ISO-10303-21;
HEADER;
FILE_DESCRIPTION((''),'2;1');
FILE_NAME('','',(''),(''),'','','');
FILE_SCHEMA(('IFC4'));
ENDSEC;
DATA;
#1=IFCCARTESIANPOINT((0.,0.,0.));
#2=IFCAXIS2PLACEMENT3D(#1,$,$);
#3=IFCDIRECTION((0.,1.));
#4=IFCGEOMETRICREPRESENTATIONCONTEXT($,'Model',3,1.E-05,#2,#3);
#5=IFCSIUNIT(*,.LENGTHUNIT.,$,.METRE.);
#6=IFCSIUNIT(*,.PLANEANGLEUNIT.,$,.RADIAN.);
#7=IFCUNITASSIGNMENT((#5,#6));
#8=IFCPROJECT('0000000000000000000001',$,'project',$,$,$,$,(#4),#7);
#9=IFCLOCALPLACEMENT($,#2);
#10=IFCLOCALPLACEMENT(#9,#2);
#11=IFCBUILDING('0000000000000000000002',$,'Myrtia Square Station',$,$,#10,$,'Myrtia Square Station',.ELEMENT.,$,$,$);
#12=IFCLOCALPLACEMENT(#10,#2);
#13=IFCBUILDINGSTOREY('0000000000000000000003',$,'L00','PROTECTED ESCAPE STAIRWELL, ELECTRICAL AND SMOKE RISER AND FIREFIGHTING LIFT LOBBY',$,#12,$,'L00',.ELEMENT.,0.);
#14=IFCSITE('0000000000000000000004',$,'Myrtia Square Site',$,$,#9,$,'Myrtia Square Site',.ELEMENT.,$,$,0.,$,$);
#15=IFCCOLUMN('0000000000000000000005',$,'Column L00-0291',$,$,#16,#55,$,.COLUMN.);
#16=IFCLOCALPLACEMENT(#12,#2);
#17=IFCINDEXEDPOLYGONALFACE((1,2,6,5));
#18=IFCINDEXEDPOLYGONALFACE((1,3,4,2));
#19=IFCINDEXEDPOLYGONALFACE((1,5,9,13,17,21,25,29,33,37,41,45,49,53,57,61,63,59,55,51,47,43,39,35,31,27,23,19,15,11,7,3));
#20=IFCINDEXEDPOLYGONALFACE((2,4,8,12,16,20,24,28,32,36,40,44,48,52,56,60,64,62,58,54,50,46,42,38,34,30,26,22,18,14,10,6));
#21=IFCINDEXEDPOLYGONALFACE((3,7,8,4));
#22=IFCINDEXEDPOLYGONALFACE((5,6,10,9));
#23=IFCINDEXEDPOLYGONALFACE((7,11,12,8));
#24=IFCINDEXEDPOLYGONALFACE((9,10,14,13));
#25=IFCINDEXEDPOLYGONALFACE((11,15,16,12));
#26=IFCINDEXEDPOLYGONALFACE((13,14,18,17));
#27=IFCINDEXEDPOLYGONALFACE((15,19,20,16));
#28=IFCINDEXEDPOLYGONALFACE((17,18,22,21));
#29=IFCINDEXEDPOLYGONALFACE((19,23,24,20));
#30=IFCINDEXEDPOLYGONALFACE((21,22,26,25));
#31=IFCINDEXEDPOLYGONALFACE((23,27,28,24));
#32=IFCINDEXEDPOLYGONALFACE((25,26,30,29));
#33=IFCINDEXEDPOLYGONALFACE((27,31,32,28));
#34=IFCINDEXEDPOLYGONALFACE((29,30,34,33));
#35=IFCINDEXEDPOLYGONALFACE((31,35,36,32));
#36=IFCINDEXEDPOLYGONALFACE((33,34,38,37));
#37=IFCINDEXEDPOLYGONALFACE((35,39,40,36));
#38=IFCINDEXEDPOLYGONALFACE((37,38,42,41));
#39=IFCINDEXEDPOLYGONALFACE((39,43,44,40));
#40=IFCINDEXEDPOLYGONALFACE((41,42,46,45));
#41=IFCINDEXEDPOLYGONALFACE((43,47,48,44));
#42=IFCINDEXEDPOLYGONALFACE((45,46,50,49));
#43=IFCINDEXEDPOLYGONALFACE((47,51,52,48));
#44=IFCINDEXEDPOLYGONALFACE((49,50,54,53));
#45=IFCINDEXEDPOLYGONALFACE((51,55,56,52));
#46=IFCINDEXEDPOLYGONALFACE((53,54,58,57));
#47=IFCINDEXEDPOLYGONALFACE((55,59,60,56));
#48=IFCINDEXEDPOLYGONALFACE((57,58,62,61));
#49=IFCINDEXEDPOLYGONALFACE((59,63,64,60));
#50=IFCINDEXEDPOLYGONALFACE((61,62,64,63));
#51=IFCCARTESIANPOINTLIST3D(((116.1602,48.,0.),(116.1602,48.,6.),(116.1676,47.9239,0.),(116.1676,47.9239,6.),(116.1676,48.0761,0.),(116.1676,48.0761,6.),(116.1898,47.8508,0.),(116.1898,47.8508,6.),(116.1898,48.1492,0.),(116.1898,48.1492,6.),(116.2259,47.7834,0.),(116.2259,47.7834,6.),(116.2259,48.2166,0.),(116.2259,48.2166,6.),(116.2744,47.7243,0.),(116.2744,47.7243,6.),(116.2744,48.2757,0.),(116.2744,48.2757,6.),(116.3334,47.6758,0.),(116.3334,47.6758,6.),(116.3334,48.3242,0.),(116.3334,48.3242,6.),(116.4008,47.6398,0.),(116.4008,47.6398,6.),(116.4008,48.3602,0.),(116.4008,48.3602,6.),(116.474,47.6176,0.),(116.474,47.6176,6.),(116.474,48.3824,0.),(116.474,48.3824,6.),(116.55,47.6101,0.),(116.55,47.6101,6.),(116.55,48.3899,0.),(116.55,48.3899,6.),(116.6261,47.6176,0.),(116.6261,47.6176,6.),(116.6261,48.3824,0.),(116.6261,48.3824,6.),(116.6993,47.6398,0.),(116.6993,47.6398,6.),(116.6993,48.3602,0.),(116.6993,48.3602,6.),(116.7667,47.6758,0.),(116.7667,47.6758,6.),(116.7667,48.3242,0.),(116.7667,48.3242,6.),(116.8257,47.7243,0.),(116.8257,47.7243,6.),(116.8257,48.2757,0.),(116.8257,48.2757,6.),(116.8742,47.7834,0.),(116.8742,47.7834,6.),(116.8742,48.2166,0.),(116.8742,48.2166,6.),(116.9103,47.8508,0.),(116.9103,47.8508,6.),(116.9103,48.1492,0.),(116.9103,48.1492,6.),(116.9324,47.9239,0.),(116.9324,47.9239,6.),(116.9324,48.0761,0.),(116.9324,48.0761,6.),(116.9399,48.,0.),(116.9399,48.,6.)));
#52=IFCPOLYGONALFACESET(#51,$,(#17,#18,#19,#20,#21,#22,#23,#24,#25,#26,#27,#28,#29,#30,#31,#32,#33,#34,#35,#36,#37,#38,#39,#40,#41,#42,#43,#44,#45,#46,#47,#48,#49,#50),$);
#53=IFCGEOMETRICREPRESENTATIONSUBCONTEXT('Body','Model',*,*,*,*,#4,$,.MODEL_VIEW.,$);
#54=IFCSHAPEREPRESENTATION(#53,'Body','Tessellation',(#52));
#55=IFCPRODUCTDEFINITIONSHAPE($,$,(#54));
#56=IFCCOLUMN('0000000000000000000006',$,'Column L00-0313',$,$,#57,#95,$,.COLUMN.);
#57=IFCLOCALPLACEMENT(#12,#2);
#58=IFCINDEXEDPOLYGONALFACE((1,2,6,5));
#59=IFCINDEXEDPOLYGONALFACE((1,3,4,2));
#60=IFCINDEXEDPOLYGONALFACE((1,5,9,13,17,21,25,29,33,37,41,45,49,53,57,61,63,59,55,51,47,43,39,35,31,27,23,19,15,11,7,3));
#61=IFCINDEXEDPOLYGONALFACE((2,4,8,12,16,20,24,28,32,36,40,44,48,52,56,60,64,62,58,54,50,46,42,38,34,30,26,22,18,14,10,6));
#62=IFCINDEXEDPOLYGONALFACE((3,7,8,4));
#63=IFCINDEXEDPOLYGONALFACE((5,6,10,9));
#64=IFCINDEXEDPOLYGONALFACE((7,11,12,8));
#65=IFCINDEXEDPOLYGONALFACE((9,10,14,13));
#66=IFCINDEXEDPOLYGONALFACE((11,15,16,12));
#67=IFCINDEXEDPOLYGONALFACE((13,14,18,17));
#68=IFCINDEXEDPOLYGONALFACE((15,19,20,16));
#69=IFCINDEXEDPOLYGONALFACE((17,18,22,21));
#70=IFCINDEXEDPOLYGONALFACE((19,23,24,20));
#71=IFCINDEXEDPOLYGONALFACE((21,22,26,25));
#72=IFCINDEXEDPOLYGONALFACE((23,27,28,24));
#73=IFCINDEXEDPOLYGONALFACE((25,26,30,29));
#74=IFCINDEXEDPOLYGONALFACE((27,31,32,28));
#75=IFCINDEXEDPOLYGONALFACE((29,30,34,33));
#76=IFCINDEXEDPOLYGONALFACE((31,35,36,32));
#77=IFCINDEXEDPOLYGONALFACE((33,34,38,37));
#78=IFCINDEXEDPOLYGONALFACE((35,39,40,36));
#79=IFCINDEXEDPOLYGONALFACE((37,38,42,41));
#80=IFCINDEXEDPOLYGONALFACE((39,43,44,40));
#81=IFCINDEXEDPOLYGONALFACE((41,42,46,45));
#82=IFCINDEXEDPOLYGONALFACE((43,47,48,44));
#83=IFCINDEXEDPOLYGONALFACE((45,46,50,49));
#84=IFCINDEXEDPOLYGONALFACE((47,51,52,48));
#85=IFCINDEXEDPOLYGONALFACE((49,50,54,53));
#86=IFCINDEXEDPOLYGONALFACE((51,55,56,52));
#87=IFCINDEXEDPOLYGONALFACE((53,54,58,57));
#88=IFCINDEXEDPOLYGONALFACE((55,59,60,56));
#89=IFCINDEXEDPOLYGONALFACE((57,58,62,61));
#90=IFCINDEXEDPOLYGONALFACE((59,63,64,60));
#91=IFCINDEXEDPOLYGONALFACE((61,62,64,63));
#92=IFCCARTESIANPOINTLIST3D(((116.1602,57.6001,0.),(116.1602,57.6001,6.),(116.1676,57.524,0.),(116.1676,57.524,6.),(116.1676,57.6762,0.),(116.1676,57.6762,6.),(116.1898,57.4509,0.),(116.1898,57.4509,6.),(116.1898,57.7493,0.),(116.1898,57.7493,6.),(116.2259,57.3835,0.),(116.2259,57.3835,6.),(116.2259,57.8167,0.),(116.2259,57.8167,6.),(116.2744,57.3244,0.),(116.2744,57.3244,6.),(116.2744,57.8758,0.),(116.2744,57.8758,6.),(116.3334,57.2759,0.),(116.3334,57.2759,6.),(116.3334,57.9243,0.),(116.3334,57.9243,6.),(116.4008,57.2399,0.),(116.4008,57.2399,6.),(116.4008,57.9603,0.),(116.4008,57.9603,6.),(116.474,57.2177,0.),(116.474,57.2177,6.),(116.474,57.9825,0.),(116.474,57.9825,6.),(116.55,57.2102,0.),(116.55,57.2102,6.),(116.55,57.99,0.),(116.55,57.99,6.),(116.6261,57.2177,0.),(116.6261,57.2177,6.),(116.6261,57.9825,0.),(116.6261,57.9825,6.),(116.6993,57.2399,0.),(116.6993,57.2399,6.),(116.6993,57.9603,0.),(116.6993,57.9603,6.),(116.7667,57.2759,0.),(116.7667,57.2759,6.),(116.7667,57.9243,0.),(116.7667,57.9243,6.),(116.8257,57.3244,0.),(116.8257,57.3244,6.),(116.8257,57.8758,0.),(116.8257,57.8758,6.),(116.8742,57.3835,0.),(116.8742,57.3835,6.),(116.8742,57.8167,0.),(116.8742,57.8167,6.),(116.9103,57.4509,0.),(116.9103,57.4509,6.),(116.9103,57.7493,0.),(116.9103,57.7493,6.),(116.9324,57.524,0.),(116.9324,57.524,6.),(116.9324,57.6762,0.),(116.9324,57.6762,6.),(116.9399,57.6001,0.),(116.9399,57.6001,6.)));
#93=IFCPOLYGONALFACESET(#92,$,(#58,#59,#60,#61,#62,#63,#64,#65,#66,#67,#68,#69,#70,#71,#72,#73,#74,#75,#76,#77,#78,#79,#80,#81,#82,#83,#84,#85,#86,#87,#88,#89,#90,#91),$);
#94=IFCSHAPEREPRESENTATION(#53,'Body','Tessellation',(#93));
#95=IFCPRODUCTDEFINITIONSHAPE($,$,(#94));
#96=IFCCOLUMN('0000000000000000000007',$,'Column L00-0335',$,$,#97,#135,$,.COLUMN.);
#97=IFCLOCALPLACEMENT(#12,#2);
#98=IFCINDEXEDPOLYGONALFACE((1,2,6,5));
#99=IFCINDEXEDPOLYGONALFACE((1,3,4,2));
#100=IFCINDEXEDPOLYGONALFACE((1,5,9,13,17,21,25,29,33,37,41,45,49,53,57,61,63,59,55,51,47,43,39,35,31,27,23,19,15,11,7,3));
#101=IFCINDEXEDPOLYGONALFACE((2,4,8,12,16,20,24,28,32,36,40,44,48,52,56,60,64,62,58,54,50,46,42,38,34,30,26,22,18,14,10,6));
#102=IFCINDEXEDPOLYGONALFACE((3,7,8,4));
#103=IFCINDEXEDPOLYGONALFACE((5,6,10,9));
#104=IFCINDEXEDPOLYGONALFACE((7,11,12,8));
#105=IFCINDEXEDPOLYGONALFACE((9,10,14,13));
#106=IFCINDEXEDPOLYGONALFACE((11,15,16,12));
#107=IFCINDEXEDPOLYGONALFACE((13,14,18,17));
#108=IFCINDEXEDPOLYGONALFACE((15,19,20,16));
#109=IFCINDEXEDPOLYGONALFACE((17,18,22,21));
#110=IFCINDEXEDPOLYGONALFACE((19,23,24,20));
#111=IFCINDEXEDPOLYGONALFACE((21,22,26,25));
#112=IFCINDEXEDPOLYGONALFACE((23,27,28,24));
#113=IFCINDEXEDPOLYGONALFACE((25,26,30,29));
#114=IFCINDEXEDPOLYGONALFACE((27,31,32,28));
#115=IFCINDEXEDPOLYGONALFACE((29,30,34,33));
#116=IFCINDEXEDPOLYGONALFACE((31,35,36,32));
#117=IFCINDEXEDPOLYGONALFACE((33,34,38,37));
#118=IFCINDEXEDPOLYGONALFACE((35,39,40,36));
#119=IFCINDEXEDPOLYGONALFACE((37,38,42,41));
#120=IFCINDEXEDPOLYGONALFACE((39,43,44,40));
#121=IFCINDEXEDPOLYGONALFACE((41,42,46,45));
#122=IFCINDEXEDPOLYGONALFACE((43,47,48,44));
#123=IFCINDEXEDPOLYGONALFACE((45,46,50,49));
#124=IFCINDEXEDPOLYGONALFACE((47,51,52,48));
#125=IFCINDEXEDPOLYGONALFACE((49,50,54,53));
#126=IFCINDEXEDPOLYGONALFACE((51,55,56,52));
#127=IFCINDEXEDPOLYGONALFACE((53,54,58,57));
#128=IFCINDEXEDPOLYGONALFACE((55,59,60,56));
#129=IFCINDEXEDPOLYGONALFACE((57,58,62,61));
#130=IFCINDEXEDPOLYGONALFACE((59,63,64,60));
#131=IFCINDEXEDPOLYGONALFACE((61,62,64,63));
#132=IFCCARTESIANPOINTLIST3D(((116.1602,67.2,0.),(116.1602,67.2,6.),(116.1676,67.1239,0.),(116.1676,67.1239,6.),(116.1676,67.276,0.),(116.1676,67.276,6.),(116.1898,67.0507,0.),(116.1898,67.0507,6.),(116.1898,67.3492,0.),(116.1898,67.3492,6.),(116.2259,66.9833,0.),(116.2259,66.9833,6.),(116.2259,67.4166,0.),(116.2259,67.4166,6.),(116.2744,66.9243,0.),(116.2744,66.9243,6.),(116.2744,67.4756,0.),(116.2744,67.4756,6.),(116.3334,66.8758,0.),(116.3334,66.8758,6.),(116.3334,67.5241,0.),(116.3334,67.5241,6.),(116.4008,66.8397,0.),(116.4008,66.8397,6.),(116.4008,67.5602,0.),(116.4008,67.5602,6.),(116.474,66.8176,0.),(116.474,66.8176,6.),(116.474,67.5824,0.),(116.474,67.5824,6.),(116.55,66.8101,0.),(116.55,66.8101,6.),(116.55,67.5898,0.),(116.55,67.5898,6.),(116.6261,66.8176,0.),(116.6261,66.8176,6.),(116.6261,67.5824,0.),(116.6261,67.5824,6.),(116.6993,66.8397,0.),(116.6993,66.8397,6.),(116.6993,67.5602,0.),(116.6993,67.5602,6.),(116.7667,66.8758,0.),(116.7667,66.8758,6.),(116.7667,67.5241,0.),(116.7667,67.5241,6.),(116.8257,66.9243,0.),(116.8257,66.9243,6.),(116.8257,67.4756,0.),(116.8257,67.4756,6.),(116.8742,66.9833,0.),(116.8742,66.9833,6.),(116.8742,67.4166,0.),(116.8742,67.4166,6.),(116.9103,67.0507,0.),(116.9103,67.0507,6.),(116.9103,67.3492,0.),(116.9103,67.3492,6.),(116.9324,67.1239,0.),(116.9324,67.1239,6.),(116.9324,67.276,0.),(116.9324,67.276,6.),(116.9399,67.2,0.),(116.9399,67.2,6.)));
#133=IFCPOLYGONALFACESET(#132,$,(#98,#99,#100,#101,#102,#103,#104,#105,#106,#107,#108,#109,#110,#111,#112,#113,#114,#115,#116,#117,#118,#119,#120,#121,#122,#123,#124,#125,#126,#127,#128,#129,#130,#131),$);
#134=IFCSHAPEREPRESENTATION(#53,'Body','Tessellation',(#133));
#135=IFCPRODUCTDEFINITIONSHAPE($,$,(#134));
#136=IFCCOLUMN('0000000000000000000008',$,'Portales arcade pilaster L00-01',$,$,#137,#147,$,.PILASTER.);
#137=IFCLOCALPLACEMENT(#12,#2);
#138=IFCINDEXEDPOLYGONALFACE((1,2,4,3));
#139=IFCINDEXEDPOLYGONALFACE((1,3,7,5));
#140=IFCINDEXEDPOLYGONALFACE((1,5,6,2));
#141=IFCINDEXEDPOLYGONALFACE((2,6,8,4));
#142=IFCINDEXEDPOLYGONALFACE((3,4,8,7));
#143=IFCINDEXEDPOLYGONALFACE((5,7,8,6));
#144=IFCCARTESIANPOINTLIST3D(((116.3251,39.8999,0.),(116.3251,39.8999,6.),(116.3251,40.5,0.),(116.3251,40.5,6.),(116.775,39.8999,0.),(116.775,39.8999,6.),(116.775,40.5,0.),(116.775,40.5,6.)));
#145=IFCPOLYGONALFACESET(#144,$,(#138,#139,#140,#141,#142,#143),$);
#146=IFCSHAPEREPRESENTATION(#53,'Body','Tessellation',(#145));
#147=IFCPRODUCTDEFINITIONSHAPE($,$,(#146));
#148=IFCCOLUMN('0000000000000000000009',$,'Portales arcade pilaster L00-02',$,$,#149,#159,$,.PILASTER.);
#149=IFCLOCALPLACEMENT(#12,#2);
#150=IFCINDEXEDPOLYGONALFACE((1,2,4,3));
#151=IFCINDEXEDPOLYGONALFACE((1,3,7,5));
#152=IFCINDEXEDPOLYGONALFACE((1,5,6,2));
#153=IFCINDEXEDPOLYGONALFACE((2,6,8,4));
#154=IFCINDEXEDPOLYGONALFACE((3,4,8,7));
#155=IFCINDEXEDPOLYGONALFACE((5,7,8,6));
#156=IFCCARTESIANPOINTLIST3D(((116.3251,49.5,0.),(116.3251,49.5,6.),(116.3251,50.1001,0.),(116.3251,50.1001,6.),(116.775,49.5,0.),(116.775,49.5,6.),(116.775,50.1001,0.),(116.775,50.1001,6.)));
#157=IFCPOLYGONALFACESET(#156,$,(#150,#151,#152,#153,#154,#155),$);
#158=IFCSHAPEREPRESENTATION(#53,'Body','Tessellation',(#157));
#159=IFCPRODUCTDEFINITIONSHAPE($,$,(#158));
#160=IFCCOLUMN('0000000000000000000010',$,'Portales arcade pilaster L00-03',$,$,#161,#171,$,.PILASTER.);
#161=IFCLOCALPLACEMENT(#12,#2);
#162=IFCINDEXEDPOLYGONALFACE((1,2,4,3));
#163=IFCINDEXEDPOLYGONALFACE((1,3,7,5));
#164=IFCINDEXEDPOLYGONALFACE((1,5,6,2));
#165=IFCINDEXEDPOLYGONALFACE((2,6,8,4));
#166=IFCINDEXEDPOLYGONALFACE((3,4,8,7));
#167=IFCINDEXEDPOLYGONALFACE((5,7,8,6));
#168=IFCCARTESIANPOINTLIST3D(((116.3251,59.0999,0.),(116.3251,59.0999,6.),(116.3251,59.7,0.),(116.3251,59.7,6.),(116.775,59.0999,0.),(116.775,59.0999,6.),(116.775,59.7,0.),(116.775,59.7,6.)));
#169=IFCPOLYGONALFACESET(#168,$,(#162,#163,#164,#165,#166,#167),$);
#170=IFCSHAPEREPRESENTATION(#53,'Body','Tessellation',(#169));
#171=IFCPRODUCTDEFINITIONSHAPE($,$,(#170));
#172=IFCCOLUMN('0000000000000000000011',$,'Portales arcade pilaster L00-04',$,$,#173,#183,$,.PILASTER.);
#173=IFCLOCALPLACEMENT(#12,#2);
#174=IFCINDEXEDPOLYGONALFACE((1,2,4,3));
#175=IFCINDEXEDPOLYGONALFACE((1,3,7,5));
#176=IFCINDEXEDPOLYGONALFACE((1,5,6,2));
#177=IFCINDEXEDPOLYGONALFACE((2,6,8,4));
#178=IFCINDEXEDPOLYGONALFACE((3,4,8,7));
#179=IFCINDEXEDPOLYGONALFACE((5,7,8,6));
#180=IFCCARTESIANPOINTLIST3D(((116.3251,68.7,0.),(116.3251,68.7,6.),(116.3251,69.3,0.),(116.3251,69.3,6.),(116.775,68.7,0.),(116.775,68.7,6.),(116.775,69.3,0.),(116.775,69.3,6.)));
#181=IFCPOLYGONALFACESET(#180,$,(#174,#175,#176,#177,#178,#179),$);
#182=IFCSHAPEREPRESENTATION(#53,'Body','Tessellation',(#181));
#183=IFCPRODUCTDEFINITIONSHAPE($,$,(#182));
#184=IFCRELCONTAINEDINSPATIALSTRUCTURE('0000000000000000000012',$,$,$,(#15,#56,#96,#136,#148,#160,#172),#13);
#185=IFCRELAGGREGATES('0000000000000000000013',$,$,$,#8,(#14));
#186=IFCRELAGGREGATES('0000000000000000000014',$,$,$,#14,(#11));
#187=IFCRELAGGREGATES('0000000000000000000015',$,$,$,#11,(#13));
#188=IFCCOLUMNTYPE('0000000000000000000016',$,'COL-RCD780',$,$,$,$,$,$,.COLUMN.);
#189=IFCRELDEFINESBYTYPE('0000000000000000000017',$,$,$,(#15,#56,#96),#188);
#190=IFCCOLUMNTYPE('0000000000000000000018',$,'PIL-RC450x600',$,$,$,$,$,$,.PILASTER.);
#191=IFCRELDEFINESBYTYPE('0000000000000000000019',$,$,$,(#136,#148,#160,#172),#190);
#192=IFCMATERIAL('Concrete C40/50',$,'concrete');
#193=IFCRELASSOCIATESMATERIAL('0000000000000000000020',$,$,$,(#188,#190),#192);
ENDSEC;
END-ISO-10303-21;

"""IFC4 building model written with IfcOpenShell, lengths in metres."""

from ifc_helpers import new_model, si_unit, direction, frame, origin, origin_2d, place, context, subcontext, project, spatial, rectangle, circle, extrude, material, material_profile, profile_set, type_object, element, save


model = new_model("IFC4")

# Units and contexts
model_context = context("Model", 3, precision=1e-05, world=origin(), true_north=direction((0.0, 1.0)))
body_context = subcontext(model_context, "Body", "Model", "MODEL_VIEW")
ifc_project = project(units=[si_unit("LENGTHUNIT", "METRE"), si_unit("PLANEANGLEUNIT", "RADIAN")], contexts=[model_context])

# Site, building, storey
site_placement = place(None, origin())
site = spatial("IfcSite", under=ifc_project, at=site_placement, Name="Myrtia Square Site", LongName="Myrtia Square Site", CompositionType="ELEMENT", RefElevation=0.0)
building_placement = place(site_placement, origin())
building = spatial("IfcBuilding", under=site, at=building_placement, Name="Myrtia Square Station", LongName="Myrtia Square Station", CompositionType="ELEMENT")
storey_placement = place(building_placement, origin())
storey = spatial("IfcBuildingStorey", under=building, at=storey_placement, Name="L00", Description="PROTECTED ESCAPE STAIRWELL, ELECTRICAL AND SMOKE RISER AND FIREFIGHTING LIFT LOBBY", LongName="L00", CompositionType="ELEMENT", Elevation=0.0)

# Columns
ifc_material_1 = material(Name="Concrete C40/50", Category="concrete")
ifc_material_profile_1 = material_profile(ifc_material_1, circle(Radius=0.3899, at=origin_2d()), Name="RC D780")
ifc_profile_set_1 = profile_set([ifc_material_profile_1], Name="Concrete C40/50")
column_type_1 = type_object("IfcColumnType", Name="COL-RCD780", PredefinedType="COLUMN", material=ifc_profile_set_1)
for number, where, z_axis, x_axis, name in (
    (1, (116.55, 48.0, 0.0), (0.0, 0.0, 1.0), (1.0, 0.0, 0.0), "Column L00-0291"),
    (2, (116.55, 57.6001, 0.0), (0.0, 0.0, 1.0), (1.0, 0.0, 0.0), "Column L00-0313"),
    (3, (116.55, 67.2, 0.0), (0.0, 0.0, 1.0), (1.0, 0.0, 0.0), "Column L00-0335"),
):
    element("IfcColumn", number, at=place(storey_placement, frame(where, z_axis=z_axis, x_axis=x_axis)), inside=storey, type_object=column_type_1, Name=name, PredefinedType="COLUMN", context=body_context, shape_type="SweptSolid", body=[
        extrude(circle(Radius=0.3899, at=origin_2d()), origin(), (0.0, 0.0, 1.0), 6.0),
    ])
ifc_material_profile_2 = material_profile(ifc_material_1, rectangle(XDim=0.45, YDim=0.6001, at=origin_2d()), Name="PIL 450x600")
ifc_profile_set_2 = profile_set([ifc_material_profile_2], Name="Concrete C40/50")
column_type_2 = type_object("IfcColumnType", Name="PIL-RC450x600", PredefinedType="PILASTER", material=ifc_profile_set_2)
for number, where, z_axis, x_axis, name in (
    (4, (116.55, 40.2, 0.0), (0.0, 0.0, 1.0), (1.0, 0.0, 0.0), "Portales arcade pilaster L00-01"),
    (5, (116.55, 49.8, 0.0), (0.0, 0.0, 1.0), (1.0, 0.0, 0.0), "Portales arcade pilaster L00-02"),
    (6, (116.55, 59.3999, 0.0), (0.0, 0.0, 1.0), (1.0, 0.0, 0.0), "Portales arcade pilaster L00-03"),
    (7, (116.55, 69.0, 0.0), (0.0, 0.0, 1.0), (1.0, 0.0, 0.0), "Portales arcade pilaster L00-04"),
):
    element("IfcColumn", number, at=place(storey_placement, frame(where, z_axis=z_axis, x_axis=x_axis)), inside=storey, type_object=column_type_2, Name=name, PredefinedType="PILASTER", context=body_context, shape_type="SweptSolid", body=[
        extrude(rectangle(XDim=0.45, YDim=0.6001, at=origin_2d()), origin(), (0.0, 0.0, 1.0), 6.0),
    ])

save(model, "model.ifc")
